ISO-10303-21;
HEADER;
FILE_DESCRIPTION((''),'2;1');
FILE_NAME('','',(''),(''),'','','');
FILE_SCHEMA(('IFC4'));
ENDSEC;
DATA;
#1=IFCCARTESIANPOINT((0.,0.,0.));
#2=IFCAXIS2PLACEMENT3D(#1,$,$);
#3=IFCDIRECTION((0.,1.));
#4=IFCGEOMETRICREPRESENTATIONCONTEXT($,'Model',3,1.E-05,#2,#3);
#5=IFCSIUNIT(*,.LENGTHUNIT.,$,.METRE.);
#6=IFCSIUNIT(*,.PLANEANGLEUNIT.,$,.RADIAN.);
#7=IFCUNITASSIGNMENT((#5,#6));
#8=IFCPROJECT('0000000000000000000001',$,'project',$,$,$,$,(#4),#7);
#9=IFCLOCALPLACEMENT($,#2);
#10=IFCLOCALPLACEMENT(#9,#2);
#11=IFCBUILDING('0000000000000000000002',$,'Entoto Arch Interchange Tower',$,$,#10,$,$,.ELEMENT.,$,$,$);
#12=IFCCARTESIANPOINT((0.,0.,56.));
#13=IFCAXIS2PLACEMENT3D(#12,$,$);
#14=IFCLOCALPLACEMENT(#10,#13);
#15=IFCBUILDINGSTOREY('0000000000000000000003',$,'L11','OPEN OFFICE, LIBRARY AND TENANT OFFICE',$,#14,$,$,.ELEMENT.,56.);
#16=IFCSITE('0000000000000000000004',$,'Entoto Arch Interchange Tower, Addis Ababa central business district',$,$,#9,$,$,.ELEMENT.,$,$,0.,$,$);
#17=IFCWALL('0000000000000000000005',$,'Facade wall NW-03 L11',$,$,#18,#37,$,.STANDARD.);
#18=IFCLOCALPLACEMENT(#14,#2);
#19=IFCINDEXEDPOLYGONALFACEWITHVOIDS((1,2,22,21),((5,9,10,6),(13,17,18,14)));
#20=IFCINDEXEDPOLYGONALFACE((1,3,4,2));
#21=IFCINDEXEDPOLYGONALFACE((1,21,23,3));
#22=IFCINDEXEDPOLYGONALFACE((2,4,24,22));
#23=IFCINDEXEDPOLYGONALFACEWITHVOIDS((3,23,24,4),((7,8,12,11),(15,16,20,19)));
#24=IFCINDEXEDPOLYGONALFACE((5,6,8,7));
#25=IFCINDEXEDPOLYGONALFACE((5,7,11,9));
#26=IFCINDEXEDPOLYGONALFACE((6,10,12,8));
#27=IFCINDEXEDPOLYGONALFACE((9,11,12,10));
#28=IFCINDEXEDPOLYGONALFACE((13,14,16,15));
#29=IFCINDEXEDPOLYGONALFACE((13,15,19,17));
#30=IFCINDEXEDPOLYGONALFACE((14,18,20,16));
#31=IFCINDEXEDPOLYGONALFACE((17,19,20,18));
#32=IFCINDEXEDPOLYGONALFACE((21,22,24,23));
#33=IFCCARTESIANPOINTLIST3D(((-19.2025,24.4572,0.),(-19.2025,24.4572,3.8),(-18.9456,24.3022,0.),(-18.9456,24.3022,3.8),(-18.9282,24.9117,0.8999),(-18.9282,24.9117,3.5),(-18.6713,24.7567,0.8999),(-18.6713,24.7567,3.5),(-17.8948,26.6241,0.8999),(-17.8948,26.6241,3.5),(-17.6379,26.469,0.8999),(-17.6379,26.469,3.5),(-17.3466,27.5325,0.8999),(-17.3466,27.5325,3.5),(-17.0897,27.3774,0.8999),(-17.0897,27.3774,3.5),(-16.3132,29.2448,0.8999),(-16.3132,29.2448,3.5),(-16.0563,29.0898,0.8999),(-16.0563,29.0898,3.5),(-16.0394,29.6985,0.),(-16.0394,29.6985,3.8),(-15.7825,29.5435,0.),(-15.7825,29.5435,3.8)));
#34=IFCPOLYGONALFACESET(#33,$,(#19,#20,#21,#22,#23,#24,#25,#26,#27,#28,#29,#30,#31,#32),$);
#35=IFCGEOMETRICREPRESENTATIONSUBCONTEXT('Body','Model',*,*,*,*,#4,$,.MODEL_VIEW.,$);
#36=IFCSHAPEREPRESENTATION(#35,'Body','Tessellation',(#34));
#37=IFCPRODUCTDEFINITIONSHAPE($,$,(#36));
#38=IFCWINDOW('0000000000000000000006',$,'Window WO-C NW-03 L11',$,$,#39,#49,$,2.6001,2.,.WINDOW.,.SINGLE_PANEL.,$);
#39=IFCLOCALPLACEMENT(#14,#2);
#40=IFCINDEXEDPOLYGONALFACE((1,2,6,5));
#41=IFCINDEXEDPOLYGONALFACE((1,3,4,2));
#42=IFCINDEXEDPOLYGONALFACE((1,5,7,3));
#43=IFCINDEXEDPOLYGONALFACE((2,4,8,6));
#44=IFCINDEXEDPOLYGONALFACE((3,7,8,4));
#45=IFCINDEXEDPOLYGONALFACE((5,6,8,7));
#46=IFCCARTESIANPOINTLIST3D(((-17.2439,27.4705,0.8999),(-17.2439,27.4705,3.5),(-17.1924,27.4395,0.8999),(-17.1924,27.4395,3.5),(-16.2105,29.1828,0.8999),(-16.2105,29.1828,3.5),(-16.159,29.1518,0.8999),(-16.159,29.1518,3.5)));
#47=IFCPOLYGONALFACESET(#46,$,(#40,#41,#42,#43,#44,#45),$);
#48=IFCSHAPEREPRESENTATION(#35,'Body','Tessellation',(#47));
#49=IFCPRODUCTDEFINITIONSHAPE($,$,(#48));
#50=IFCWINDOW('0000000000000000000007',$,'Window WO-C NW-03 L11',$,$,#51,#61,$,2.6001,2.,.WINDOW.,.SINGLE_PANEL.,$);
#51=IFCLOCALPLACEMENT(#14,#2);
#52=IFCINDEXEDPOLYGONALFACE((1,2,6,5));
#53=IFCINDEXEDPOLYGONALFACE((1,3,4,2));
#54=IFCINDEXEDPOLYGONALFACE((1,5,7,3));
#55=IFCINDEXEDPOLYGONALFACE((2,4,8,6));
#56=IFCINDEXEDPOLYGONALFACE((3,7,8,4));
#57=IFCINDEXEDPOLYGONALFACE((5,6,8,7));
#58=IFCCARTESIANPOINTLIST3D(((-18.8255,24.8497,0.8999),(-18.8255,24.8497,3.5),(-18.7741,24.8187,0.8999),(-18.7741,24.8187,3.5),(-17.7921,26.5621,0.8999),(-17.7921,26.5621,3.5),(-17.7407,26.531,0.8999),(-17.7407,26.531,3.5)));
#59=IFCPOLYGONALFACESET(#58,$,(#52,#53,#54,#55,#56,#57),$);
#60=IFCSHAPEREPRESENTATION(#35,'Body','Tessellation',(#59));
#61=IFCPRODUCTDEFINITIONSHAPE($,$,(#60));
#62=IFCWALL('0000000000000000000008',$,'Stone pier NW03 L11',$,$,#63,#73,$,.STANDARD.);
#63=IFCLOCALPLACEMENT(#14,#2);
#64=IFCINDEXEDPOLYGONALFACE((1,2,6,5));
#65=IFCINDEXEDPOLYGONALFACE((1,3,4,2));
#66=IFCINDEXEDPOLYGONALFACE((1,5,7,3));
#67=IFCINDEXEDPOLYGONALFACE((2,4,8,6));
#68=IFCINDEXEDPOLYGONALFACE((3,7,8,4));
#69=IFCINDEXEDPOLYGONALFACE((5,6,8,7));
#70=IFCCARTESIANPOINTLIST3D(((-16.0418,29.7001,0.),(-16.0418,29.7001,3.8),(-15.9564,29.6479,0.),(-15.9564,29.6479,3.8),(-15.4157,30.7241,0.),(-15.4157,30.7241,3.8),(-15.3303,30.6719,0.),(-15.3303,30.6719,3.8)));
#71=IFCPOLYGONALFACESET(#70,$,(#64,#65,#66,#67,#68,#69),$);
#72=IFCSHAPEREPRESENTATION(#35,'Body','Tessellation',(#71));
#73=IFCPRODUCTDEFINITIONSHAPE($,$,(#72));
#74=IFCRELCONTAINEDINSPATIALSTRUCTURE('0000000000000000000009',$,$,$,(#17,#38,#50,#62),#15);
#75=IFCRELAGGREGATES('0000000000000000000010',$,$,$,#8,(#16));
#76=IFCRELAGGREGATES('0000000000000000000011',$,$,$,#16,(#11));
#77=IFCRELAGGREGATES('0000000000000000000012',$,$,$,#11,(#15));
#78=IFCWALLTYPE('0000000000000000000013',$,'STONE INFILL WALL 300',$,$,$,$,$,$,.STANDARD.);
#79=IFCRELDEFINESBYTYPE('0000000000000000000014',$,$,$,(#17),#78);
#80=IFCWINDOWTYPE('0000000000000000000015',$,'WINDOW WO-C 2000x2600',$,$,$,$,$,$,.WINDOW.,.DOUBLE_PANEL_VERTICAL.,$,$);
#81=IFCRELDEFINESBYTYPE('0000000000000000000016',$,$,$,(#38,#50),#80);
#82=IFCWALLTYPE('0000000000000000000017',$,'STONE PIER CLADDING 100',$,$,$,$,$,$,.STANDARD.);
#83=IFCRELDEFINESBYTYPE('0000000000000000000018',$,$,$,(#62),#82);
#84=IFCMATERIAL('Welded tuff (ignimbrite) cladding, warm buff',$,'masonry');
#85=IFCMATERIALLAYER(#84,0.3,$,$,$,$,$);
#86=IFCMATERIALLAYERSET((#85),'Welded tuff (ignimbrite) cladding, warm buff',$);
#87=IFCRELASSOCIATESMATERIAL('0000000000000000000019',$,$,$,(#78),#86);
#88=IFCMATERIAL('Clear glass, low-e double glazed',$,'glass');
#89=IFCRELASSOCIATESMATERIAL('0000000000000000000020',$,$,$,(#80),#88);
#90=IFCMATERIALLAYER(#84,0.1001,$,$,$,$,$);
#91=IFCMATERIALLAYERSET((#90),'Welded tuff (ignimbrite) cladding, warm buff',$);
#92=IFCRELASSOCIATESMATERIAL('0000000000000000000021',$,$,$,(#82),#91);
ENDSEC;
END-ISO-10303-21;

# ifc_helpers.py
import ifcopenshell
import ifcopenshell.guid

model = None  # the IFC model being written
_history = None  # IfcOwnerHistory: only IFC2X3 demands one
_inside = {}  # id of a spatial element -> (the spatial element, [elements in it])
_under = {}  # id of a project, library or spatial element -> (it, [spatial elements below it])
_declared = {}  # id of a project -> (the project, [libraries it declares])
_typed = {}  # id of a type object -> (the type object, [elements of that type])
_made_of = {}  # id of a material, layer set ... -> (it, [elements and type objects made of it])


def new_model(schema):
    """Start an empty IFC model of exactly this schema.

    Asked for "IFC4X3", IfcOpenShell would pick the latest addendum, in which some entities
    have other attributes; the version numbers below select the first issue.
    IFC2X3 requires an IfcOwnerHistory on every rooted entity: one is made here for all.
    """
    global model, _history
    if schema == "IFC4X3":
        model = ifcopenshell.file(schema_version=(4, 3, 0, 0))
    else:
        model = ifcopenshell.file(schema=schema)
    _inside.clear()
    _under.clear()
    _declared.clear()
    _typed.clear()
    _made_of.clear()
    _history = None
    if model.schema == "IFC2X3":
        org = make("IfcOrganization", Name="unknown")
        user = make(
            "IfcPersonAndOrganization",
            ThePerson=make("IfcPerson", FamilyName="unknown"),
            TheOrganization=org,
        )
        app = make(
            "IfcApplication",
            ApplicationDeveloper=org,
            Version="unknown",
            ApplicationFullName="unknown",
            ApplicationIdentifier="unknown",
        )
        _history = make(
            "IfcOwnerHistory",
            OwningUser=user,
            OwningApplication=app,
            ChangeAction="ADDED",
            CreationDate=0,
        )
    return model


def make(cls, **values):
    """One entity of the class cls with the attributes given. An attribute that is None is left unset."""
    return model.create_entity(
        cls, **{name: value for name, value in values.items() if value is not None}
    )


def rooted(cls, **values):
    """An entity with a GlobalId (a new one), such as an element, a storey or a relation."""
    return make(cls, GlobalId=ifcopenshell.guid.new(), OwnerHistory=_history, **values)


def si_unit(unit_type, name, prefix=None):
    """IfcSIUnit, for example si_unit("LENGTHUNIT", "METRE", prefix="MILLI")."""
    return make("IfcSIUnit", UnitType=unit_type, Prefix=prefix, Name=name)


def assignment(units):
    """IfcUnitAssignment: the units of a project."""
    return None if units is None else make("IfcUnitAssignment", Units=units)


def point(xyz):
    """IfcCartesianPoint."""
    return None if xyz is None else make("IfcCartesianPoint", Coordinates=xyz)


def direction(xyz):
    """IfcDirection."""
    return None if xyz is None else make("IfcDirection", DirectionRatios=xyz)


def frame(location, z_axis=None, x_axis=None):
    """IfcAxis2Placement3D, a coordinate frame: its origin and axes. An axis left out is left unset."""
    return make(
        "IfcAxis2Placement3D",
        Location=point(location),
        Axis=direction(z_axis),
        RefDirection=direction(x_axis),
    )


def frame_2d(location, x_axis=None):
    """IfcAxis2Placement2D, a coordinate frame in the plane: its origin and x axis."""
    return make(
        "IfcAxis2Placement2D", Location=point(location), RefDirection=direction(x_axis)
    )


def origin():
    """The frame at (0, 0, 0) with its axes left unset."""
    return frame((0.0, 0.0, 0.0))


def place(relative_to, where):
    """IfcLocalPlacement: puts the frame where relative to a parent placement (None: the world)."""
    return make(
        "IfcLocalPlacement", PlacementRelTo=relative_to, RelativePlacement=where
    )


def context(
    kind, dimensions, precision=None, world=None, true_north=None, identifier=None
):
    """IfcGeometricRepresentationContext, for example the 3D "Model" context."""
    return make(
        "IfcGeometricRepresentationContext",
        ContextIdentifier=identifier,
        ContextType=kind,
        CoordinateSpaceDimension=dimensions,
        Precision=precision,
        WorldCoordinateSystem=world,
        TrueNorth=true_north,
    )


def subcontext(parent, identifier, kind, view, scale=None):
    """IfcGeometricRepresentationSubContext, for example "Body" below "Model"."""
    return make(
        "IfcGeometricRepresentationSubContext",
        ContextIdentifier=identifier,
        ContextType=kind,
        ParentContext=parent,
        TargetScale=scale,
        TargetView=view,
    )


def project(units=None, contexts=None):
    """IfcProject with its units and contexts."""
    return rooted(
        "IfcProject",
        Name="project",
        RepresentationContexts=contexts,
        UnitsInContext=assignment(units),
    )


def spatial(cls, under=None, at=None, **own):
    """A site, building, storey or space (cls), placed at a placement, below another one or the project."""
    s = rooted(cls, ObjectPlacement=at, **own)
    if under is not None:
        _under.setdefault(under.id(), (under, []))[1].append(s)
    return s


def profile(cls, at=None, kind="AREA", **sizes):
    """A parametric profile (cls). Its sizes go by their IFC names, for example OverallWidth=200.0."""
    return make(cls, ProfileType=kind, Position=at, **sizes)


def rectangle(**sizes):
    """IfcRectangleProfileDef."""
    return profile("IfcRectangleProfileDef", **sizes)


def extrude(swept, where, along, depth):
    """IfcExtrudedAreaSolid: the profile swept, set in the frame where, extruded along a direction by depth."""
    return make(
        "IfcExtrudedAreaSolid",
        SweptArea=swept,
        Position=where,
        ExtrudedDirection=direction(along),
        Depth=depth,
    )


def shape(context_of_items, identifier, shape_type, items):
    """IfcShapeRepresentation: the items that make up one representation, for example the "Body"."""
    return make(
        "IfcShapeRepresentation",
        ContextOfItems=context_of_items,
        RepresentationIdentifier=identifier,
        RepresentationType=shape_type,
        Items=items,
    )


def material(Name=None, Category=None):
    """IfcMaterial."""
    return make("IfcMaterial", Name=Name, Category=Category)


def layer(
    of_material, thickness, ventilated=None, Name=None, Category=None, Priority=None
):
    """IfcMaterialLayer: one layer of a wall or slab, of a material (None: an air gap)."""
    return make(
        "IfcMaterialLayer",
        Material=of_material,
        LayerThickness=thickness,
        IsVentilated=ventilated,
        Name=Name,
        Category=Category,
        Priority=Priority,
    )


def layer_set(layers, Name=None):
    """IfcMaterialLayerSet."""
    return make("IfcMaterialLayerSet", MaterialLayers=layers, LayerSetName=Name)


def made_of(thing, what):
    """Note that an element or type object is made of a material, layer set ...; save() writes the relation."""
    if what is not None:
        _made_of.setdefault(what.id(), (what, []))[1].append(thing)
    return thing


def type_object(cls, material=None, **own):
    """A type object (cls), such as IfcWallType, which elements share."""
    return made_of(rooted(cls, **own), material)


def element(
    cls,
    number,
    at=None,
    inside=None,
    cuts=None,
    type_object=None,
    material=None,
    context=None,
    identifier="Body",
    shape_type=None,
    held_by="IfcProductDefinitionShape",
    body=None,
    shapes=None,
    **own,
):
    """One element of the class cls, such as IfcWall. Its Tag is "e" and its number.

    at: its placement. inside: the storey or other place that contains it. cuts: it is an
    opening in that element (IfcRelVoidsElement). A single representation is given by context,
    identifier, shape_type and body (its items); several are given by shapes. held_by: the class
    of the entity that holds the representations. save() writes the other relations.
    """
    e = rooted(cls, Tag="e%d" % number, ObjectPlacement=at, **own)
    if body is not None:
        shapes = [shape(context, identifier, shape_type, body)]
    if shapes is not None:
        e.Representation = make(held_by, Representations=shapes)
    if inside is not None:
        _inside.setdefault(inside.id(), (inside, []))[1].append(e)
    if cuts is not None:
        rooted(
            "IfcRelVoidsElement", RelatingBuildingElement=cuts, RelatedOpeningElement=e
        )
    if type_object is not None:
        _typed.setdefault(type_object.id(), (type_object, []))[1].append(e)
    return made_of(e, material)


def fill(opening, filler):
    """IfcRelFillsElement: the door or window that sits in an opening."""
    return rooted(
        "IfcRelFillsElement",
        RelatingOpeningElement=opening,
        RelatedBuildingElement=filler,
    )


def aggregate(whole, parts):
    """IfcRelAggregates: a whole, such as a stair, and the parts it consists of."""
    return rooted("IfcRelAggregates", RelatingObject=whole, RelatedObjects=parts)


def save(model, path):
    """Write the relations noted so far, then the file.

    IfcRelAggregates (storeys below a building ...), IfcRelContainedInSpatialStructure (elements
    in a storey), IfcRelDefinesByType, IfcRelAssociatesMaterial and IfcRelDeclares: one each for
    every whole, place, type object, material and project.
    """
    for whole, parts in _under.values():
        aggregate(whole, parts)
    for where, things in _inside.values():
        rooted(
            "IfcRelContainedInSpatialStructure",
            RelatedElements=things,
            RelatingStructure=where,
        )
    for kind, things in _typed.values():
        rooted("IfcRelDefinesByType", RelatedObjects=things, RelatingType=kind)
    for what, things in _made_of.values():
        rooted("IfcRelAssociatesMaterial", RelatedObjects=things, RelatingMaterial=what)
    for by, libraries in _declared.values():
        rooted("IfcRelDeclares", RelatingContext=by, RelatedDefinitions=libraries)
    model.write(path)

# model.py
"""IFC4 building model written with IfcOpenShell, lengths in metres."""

from ifc_helpers import new_model, si_unit, direction, frame, frame_2d, origin, place, context, subcontext, project, spatial, rectangle, extrude, material, layer, layer_set, type_object, element, fill, save


model = new_model("IFC4")

# Units and contexts
model_context = context("Model", 3, precision=1e-05, world=origin(), true_north=direction((0.0, 1.0)))
body_context = subcontext(model_context, "Body", "Model", "MODEL_VIEW")
ifc_project = project(units=[si_unit("LENGTHUNIT", "METRE"), si_unit("PLANEANGLEUNIT", "RADIAN")], contexts=[model_context])

# Site, building, storey
site_placement = place(None, origin())
site = spatial("IfcSite", under=ifc_project, at=site_placement, Name="Entoto Arch Interchange Tower, Addis Ababa central business district", CompositionType="ELEMENT", RefElevation=0.0)
building_placement = place(site_placement, origin())
building = spatial("IfcBuilding", under=site, at=building_placement, Name="Entoto Arch Interchange Tower", CompositionType="ELEMENT")
storey_placement = place(building_placement, frame((0.0, 0.0, 56.0)))
storey = spatial("IfcBuildingStorey", under=building, at=storey_placement, Name="L11", Description="OPEN OFFICE, LIBRARY AND TENANT OFFICE", CompositionType="ELEMENT", Elevation=56.0)

# Shared definitions
ifc_material_1 = material(Name="Welded tuff (ignimbrite) cladding, warm buff", Category="masonry")
ifc_layer_1 = layer(ifc_material_1, 0.3)
ifc_layer_set_1 = layer_set([ifc_layer_1], Name="Welded tuff (ignimbrite) cladding, warm buff")
wall_type_1 = type_object("IfcWallType", Name="STONE INFILL WALL 300", PredefinedType="STANDARD", material=ifc_layer_set_1)
ifc_material_2 = material(Name="Clear glass, low-e double glazed", Category="glass")
window_type = type_object("IfcWindowType", Name="WINDOW WO-C 2000x2600", PartitioningType="DOUBLE_PANEL_VERTICAL", PredefinedType="WINDOW", material=ifc_material_2)

# Wall, openings, windows
wall_1_placement = place(storey_placement, frame((-15.9109, 29.6211, 0.0), z_axis=(0.0, 0.0, 1.0), x_axis=(-0.516699, -0.856167, 0.0)))
wall_1 = element("IfcWall", 1, at=wall_1_placement, inside=storey, type_object=wall_type_1, Name="Facade wall NW-03 L11", PredefinedType="STANDARD", context=body_context, shape_type="SweptSolid", body=[
    extrude(rectangle(XDim=6.1218, YDim=0.3, at=frame_2d((3.061, 0.0))), origin(), (0.0, 0.0, 1.0), 3.8),
])
opening_1_placement = place(wall_1_placement, frame((0.53, 0.0, 0.8999)))
opening_1 = element("IfcOpeningElement", 2, at=opening_1_placement, cuts=wall_1, PredefinedType="OPENING", context=body_context, shape_type="SweptSolid", body=[
    extrude(rectangle(XDim=2.0, YDim=2.6001, at=frame_2d((1.0, 1.3))), frame((0.0, 0.1602, 0.0), z_axis=(0.0, -1.0, 0.0), x_axis=(1.0, 0.0, 0.0)), (0.0, 0.0, 1.0), 0.3201),
])
opening_2_placement = place(wall_1_placement, frame((3.5911, 0.0, 0.8999)))
opening_2 = element("IfcOpeningElement", 3, at=opening_2_placement, cuts=wall_1, PredefinedType="OPENING", context=body_context, shape_type="SweptSolid", body=[
    extrude(rectangle(XDim=2.0, YDim=2.6001, at=frame_2d((1.0, 1.3))), frame((0.0, 0.1602, 0.0), z_axis=(0.0, -1.0, 0.0), x_axis=(1.0, 0.0, 0.0)), (0.0, 0.0, 1.0), 0.3201),
])
window_1_placement = place(opening_1_placement, origin())
window_1 = element("IfcWindow", 4, at=window_1_placement, inside=storey, type_object=window_type, Name="Window WO-C NW-03 L11", OverallHeight=2.6001, OverallWidth=2.0, PartitioningType="SINGLE_PANEL", PredefinedType="WINDOW", context=body_context, shape_type="SweptSolid", body=[
    extrude(rectangle(XDim=2.0, YDim=2.6001, at=frame_2d((1.0, 1.3))), frame((0.0, 0.03, 0.0), z_axis=(0.0, -1.0, 0.0), x_axis=(1.0, 0.0, 0.0)), (0.0, 0.0, 1.0), 0.0601),
])
fill(opening_1, window_1)
window_2_placement = place(opening_2_placement, origin())
window_2 = element("IfcWindow", 5, at=window_2_placement, inside=storey, type_object=window_type, Name="Window WO-C NW-03 L11", OverallHeight=2.6001, OverallWidth=2.0, PartitioningType="SINGLE_PANEL", PredefinedType="WINDOW", context=body_context, shape_type="SweptSolid", body=[
    extrude(rectangle(XDim=2.0, YDim=2.6001, at=frame_2d((1.0, 1.3))), frame((0.0, 0.03, 0.0), z_axis=(0.0, -1.0, 0.0), x_axis=(1.0, 0.0, 0.0)), (0.0, 0.0, 1.0), 0.0601),
])
fill(opening_2, window_2)

# Wall
ifc_layer_2 = layer(ifc_material_1, 0.1001)
ifc_layer_set_2 = layer_set([ifc_layer_2], Name="Welded tuff (ignimbrite) cladding, warm buff")
wall_type_2 = type_object("IfcWallType", Name="STONE PIER CLADDING 100", PredefinedType="STANDARD", material=ifc_layer_set_2)
wall_2_placement = place(storey_placement, frame((-15.373, 30.698, 0.0), z_axis=(0.0, 0.0, 1.0), x_axis=(-0.521598, -0.853191, 0.0)))
element("IfcWall", 6, at=wall_2_placement, inside=storey, type_object=wall_type_2, Name="Stone pier NW03 L11", PredefinedType="STANDARD", context=body_context, shape_type="SweptSolid", body=[
    extrude(rectangle(XDim=1.2002, YDim=0.1001, at=frame_2d((0.6001, 0.0))), origin(), (0.0, 0.0, 1.0), 3.8),
])

save(model, "model.ifc")
